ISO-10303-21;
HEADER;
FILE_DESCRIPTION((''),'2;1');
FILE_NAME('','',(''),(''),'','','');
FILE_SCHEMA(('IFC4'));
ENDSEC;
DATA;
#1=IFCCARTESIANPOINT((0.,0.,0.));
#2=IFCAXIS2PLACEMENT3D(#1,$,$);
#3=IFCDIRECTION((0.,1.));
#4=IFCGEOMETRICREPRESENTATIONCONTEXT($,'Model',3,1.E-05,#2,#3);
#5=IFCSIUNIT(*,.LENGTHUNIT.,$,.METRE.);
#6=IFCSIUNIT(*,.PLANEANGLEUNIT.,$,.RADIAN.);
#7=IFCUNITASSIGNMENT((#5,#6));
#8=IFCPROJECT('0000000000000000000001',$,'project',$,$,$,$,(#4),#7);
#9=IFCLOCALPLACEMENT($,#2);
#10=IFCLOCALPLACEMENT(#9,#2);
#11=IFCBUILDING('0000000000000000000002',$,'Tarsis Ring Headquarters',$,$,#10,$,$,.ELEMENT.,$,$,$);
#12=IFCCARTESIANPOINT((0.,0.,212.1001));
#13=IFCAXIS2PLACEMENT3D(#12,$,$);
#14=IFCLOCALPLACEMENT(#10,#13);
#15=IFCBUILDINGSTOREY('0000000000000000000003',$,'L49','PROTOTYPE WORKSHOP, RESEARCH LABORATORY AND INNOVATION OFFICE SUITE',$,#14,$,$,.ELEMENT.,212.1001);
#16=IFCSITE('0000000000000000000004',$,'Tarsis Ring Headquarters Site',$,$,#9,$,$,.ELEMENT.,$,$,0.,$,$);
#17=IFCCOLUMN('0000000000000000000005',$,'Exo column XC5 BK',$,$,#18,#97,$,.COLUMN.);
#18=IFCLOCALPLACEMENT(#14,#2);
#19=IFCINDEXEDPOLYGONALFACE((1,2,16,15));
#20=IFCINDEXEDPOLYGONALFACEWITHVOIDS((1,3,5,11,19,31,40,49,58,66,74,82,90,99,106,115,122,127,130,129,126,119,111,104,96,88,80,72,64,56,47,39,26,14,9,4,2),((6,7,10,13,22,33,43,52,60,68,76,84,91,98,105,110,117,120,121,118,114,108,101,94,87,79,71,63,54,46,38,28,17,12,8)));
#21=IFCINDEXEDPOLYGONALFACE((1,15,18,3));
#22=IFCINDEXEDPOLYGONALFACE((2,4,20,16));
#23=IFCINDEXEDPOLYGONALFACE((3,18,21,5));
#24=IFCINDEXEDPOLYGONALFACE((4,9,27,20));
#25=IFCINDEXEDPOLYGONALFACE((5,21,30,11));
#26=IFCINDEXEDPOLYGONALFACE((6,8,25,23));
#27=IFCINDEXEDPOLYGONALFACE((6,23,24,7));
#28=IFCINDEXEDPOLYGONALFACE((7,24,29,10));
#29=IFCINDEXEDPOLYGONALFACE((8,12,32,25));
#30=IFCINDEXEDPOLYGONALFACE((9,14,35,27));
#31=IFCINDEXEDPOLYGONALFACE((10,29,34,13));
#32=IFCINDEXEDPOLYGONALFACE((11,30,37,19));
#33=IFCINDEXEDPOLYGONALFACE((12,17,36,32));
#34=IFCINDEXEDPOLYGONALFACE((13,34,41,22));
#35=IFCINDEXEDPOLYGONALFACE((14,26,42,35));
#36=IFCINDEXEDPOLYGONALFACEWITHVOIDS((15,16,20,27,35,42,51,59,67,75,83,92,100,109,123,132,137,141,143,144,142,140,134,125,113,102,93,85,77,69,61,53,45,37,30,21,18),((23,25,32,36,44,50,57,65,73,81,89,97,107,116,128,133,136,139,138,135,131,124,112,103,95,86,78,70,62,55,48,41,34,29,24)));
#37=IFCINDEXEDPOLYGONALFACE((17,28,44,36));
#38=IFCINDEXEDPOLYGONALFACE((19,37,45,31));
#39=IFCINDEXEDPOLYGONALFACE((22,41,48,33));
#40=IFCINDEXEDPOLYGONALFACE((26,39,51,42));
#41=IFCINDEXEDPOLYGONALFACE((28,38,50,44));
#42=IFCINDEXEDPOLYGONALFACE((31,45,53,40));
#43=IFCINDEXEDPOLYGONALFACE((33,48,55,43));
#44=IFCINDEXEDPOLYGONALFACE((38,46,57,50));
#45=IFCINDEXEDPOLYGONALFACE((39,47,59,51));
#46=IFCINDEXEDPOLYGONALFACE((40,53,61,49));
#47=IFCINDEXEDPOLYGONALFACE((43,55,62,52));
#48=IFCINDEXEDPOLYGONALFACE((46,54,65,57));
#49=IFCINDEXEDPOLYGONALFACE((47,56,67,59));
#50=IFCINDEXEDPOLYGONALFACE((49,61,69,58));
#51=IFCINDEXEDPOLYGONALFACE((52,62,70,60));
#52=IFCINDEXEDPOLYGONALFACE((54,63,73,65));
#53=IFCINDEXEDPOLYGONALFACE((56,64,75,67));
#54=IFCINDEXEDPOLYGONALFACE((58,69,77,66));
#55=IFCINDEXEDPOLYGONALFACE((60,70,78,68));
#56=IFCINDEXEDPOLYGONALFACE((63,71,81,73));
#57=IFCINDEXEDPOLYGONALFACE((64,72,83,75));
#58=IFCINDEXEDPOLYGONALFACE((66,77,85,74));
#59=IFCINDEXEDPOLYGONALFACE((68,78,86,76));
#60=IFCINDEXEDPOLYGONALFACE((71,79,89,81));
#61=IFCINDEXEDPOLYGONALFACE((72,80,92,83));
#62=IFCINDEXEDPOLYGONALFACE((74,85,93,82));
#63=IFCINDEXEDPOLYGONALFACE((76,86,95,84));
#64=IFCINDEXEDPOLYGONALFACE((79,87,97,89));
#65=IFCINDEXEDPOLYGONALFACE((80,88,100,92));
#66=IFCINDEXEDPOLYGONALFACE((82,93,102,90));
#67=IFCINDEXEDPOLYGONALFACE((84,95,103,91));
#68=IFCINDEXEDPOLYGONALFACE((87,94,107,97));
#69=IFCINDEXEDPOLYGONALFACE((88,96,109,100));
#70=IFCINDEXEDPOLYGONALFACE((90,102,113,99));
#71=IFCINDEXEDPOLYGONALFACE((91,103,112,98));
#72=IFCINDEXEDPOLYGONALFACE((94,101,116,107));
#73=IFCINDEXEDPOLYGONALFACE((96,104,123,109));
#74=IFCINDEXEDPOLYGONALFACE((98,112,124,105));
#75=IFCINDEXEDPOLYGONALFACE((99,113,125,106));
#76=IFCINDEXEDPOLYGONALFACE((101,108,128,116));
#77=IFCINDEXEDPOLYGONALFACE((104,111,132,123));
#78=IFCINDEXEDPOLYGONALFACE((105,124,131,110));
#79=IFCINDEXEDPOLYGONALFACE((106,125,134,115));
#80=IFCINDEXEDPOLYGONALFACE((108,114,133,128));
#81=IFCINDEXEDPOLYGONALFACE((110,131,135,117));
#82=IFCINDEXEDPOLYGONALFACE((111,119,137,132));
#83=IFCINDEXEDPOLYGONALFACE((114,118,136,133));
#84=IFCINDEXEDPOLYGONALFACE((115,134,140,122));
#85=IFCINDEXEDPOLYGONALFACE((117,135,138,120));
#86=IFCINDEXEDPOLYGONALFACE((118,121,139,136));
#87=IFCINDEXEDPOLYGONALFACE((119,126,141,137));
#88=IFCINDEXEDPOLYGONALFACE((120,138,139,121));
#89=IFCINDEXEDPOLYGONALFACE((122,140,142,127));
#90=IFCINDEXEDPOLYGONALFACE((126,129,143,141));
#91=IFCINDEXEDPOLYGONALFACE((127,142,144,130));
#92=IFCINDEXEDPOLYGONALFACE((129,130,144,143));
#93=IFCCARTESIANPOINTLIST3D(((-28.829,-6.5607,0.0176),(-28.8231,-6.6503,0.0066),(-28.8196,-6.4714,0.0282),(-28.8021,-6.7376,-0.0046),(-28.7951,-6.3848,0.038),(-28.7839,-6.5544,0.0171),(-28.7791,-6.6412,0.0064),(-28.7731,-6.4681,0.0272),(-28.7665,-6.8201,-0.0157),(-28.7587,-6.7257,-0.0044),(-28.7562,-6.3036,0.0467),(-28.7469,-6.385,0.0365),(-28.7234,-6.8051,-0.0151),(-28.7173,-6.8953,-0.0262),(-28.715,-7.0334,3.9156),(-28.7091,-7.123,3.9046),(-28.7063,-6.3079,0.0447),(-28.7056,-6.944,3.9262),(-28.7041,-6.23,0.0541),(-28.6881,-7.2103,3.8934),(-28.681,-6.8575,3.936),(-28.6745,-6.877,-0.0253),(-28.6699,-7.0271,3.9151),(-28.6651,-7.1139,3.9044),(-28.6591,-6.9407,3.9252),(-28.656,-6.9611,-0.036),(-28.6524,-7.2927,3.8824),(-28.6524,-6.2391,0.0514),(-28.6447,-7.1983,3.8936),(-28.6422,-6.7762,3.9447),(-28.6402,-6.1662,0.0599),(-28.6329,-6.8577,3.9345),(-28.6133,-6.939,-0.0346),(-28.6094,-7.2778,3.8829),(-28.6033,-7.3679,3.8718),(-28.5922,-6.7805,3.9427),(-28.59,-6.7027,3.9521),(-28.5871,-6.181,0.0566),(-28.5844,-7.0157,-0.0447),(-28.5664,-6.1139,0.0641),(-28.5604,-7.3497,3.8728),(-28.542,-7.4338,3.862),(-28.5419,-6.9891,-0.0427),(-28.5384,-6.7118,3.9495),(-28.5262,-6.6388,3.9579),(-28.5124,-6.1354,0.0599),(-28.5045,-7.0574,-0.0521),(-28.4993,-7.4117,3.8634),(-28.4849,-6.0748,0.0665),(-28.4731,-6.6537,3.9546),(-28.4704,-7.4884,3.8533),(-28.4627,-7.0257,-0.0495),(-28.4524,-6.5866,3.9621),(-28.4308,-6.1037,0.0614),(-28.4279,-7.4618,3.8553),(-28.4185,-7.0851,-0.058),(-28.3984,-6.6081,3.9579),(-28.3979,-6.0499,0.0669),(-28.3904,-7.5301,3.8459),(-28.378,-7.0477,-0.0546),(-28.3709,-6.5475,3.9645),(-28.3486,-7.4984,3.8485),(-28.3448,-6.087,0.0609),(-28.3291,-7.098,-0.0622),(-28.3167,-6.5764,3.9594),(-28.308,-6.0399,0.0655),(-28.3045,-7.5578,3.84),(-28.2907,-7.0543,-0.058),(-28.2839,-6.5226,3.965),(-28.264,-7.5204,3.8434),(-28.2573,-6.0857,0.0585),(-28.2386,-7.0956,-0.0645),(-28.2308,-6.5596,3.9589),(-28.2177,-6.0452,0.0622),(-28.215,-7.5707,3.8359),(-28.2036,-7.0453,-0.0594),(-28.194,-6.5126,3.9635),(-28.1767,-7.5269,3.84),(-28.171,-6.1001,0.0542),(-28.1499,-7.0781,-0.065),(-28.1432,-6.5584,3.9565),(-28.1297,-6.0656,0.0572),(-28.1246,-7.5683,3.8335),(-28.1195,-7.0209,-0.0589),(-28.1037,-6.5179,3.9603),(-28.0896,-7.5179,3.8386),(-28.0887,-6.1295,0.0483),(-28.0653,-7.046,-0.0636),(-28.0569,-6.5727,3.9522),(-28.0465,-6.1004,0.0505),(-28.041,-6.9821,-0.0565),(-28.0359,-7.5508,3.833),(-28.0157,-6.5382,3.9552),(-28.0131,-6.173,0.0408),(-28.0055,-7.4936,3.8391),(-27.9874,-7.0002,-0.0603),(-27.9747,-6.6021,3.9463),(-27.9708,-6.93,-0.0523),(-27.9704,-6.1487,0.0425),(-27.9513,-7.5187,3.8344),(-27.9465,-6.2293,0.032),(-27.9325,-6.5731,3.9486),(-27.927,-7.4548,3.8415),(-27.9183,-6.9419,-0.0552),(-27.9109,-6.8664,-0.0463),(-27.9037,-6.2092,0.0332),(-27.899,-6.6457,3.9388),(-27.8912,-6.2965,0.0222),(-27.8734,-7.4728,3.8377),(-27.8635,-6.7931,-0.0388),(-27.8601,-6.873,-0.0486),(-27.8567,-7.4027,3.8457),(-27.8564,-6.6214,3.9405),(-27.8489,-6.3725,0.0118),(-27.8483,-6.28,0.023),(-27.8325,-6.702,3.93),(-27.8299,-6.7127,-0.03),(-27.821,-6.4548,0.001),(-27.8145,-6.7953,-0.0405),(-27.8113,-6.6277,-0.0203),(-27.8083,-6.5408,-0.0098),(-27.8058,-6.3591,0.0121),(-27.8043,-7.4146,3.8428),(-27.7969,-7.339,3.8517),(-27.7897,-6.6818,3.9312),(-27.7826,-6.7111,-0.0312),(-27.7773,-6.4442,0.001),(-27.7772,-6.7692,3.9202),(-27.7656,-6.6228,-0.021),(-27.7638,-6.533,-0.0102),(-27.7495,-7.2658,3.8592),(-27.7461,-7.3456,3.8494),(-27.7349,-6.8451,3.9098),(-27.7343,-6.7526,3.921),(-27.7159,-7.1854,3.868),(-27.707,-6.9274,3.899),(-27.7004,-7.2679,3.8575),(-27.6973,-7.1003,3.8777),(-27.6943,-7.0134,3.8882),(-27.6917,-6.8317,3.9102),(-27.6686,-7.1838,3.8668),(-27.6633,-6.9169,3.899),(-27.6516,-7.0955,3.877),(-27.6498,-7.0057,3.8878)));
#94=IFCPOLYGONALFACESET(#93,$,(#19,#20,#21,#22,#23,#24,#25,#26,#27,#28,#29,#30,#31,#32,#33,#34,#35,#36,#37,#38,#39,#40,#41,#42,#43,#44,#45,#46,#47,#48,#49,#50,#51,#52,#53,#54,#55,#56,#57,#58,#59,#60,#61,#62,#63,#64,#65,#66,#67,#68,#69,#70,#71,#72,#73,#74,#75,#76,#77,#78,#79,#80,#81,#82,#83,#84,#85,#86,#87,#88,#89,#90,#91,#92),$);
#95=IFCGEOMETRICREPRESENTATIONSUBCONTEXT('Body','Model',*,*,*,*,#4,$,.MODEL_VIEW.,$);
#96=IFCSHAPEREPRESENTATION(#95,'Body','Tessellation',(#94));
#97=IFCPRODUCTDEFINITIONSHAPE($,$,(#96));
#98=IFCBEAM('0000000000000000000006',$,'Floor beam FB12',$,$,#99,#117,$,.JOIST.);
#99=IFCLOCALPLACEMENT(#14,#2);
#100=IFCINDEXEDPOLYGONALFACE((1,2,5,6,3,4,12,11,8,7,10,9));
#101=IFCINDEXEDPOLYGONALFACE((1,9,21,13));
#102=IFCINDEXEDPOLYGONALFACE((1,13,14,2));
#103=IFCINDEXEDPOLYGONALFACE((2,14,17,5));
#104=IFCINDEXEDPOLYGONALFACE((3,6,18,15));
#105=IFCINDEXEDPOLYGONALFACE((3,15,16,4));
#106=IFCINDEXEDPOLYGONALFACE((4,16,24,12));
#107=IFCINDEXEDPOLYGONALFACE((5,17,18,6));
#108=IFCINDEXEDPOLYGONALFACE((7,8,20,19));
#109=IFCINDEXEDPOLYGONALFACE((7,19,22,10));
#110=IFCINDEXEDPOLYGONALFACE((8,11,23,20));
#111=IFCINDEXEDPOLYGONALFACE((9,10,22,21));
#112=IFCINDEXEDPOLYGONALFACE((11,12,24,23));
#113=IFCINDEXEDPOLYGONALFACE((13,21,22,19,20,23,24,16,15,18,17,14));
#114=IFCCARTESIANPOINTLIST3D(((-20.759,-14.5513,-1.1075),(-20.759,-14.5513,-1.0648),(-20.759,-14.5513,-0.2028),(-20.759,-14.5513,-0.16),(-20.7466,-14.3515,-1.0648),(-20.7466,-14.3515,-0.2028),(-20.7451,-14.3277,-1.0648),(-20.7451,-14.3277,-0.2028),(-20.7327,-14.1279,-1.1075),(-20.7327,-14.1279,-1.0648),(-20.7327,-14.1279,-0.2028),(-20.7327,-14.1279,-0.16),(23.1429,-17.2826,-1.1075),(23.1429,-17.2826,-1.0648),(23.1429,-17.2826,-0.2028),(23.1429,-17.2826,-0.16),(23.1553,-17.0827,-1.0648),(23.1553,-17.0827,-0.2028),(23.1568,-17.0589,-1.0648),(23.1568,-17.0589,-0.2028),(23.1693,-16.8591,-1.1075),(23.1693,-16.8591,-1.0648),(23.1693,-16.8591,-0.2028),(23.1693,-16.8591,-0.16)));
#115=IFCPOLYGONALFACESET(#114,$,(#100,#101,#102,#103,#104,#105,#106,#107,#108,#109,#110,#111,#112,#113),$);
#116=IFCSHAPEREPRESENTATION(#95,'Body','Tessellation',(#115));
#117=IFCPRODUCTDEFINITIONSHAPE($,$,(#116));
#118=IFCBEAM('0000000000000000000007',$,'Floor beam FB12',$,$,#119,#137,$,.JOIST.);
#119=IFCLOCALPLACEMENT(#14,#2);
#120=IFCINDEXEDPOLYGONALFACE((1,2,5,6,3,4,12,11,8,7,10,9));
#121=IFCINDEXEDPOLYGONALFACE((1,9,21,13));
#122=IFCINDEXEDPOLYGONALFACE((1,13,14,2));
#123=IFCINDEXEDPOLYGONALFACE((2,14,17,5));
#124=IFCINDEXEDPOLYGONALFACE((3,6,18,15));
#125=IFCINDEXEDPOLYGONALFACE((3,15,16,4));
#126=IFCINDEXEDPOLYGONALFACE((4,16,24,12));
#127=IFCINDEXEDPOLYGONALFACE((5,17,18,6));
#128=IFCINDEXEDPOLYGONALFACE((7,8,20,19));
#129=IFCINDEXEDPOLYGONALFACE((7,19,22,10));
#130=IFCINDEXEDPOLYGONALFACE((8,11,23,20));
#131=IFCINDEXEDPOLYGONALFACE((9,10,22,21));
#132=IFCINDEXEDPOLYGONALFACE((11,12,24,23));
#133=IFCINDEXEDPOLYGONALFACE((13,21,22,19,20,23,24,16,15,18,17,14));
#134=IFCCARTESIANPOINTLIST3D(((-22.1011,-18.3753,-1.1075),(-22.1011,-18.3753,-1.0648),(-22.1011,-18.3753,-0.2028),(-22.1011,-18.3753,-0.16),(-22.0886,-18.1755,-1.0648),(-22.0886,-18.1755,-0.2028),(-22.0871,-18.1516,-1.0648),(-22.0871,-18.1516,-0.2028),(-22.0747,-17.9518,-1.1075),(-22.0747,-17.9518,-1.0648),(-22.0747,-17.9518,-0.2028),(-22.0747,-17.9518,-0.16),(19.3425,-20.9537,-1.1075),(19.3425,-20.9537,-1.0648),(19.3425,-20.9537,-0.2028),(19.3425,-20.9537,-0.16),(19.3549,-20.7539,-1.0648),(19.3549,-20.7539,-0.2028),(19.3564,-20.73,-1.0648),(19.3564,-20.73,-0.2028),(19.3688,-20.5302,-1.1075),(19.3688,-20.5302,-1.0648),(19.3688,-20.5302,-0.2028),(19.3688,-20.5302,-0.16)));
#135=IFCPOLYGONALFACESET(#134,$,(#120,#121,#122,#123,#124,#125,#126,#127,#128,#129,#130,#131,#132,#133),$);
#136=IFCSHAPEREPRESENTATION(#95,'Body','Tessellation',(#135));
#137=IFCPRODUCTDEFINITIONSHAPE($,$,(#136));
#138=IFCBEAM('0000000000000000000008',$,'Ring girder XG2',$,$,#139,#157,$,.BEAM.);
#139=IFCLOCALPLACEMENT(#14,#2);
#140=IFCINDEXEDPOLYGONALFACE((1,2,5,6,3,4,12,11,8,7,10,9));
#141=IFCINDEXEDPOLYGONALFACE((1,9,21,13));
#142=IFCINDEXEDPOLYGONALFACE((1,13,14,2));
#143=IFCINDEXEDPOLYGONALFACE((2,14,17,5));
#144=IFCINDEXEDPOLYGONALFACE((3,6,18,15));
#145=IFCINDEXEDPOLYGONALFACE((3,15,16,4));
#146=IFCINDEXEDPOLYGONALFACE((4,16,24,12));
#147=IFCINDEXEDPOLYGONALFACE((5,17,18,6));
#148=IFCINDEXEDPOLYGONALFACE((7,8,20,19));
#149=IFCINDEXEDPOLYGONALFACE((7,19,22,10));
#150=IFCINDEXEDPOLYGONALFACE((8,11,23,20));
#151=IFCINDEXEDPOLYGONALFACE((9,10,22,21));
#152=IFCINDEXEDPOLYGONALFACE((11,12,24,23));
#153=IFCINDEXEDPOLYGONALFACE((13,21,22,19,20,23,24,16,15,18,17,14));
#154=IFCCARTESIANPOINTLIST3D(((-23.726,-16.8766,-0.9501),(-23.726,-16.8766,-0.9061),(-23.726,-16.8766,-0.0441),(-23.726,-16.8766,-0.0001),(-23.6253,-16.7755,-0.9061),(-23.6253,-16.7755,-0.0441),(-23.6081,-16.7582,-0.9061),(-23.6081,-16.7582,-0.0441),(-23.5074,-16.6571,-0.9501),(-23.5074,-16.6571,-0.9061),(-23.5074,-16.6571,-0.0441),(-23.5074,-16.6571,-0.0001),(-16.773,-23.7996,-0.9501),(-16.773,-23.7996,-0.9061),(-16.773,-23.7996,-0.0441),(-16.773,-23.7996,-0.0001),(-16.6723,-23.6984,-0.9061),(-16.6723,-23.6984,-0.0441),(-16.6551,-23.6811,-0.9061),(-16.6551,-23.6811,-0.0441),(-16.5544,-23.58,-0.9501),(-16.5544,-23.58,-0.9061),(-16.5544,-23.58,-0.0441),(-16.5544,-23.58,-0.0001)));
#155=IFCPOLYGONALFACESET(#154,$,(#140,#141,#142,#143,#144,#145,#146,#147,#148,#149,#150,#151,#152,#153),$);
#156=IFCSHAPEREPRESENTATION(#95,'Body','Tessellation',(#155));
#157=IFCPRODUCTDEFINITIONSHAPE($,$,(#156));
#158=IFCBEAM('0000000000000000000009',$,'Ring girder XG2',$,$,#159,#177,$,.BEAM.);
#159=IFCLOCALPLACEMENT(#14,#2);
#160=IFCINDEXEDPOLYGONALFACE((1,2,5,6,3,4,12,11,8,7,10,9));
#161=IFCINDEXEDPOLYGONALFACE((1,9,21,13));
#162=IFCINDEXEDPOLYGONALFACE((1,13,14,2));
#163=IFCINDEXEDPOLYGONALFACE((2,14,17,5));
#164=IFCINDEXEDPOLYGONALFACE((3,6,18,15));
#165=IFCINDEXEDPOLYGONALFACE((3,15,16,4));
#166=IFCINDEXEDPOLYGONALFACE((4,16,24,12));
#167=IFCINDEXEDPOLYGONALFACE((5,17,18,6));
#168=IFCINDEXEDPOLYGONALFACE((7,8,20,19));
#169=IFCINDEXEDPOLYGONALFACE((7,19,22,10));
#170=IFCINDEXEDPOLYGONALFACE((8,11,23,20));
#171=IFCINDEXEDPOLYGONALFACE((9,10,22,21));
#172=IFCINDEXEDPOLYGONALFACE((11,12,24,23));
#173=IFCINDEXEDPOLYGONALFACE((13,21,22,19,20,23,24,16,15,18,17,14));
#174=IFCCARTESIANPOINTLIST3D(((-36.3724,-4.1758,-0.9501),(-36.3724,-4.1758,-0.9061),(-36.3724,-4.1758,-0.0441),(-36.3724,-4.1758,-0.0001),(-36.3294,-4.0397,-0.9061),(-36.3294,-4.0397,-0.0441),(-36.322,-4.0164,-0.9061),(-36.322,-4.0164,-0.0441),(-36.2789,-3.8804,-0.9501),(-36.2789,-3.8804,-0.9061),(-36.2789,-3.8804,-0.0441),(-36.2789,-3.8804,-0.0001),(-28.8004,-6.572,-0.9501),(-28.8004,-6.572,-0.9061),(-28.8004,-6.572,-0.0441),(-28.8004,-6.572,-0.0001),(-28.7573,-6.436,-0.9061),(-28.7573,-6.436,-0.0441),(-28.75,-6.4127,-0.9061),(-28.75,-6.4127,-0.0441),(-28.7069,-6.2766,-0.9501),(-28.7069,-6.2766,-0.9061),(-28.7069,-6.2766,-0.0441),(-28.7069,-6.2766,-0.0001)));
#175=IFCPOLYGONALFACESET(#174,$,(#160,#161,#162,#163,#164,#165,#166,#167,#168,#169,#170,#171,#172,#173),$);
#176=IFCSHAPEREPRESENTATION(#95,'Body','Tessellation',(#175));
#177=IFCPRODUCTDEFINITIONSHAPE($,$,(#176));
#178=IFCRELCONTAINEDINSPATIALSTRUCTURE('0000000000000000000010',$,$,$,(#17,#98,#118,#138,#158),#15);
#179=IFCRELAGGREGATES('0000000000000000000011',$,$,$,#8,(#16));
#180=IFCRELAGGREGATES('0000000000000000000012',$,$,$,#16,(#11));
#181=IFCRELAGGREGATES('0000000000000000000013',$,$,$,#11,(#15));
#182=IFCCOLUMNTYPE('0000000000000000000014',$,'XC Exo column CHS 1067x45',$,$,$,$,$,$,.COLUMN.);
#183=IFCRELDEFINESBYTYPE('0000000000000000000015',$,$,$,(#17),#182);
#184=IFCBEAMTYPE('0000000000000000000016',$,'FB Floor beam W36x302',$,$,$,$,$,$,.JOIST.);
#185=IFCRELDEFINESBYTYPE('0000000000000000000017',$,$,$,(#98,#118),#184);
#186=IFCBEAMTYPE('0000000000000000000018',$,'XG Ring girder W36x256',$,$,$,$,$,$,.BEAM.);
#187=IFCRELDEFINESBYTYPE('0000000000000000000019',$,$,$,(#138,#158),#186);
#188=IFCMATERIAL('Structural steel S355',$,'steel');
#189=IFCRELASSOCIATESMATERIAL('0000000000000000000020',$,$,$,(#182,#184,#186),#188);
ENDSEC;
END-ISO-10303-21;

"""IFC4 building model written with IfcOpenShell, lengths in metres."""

from ifc_helpers import new_model, si_unit, direction, frame, origin, origin_2d, place, context, subcontext, project, spatial, hollow_circle, i_section, extrude, material, material_profile, profile_set, type_object, element, save


model = new_model("IFC4")

# Units and contexts
model_context = context("Model", 3, precision=1e-05, world=origin(), true_north=direction((0.0, 1.0)))
body_context = subcontext(model_context, "Body", "Model", "MODEL_VIEW")
ifc_project = project(units=[si_unit("LENGTHUNIT", "METRE"), si_unit("PLANEANGLEUNIT", "RADIAN")], contexts=[model_context])

# Site, building, storey
site_placement = place(None, origin())
site = spatial("IfcSite", under=ifc_project, at=site_placement, Name="Tarsis Ring Headquarters Site", CompositionType="ELEMENT", RefElevation=0.0)
building_placement = place(site_placement, origin())
building = spatial("IfcBuilding", under=site, at=building_placement, Name="Tarsis Ring Headquarters", CompositionType="ELEMENT")
storey_placement = place(building_placement, frame((0.0, 0.0, 212.1001)))
storey = spatial("IfcBuildingStorey", under=building, at=storey_placement, Name="L49", Description="PROTOTYPE WORKSHOP, RESEARCH LABORATORY AND INNOVATION OFFICE SUITE", CompositionType="ELEMENT", Elevation=212.1001)

# Column
ifc_material_1 = material(Name="Structural steel S355", Category="steel")
ifc_material_profile_1 = material_profile(ifc_material_1, hollow_circle(Radius=0.5334, WallThickness=0.0449, at=origin_2d()), Name="CHS 1067x45")
ifc_profile_set_1 = profile_set([ifc_material_profile_1], Name="Structural steel S355")
column_type = type_object("IfcColumnType", Name="XC Exo column CHS 1067x45", PredefinedType="COLUMN", material=ifc_profile_set_1)
column_1_placement = place(storey_placement, frame((-28.2959, -6.5693, 0.001), z_axis=(0.029025, -0.120325, 0.99231), x_axis=(0.972118, 0.234493, 0.0)))
element("IfcColumn", 1, at=column_1_placement, inside=storey, type_object=column_type, Name="Exo column XC5 BK", PredefinedType="COLUMN", context=body_context, shape_type="SweptSolid", body=[
    extrude(hollow_circle(Radius=0.5334, WallThickness=0.0449, at=origin_2d()), origin(), (0.0, 0.0, 1.0), 3.9282),
])

# Beams
ifc_material_profile_2 = material_profile(ifc_material_1, i_section(OverallWidth=0.4243, OverallDepth=0.9475, WebThickness=0.0239, FlangeThickness=0.0427, at=origin_2d()), Name="W36x302")
ifc_profile_set_2 = profile_set([ifc_material_profile_2], Name="Structural steel S355")
beam_type_1 = type_object("IfcBeamType", Name="FB Floor beam W36x302", PredefinedType="JOIST", material=ifc_profile_set_2)
beam_1_placement = place(storey_placement, frame((-20.7458, -14.3396, -0.6338), z_axis=(0.99807, -0.062091, 0.0), x_axis=(0.062091, 0.99807, 0.0)))
element("IfcBeam", 2, at=beam_1_placement, inside=storey, type_object=beam_type_1, Name="Floor beam FB12", PredefinedType="JOIST", context=body_context, shape_type="SweptSolid", body=[
    extrude(i_section(OverallWidth=0.4243, OverallDepth=0.9475, WebThickness=0.0239, FlangeThickness=0.0427, at=origin_2d()), origin(), (0.0, 0.0, 1.0), 43.9868),
])
beam_2_placement = place(storey_placement, frame((-22.0879, -18.1636, -0.6338), z_axis=(0.99807, -0.062094, 0.0), x_axis=(0.062094, 0.99807, 0.0)))
element("IfcBeam", 3, at=beam_2_placement, inside=storey, type_object=beam_type_1, Name="Floor beam FB12", PredefinedType="JOIST", context=body_context, shape_type="SweptSolid", body=[
    extrude(i_section(OverallWidth=0.4243, OverallDepth=0.9475, WebThickness=0.0239, FlangeThickness=0.0427, at=origin_2d()), origin(), (0.0, 0.0, 1.0), 41.5237),
])
ifc_material_profile_3 = material_profile(ifc_material_1, i_section(OverallWidth=0.3098, OverallDepth=0.95, WebThickness=0.0244, FlangeThickness=0.0439, at=origin_2d()), Name="W36x256")
ifc_profile_set_3 = profile_set([ifc_material_profile_3], Name="Structural steel S355")
beam_type_2 = type_object("IfcBeamType", Name="XG Ring girder W36x256", PredefinedType="BEAM", material=ifc_profile_set_3)
beam_3_placement = place(storey_placement, frame((-23.6167, -16.7668, -0.4751), z_axis=(0.708635, -0.705575, 0.0), x_axis=(0.705575, 0.708635, 0.0)))
element("IfcBeam", 4, at=beam_3_placement, inside=storey, type_object=beam_type_2, Name="Ring girder XG2", PredefinedType="BEAM", context=body_context, shape_type="SweptSolid", body=[
    extrude(i_section(OverallWidth=0.3098, OverallDepth=0.95, WebThickness=0.0244, FlangeThickness=0.0439, at=origin_2d()), origin(), (0.0, 0.0, 1.0), 9.8118),
])
beam_4_placement = place(storey_placement, frame((-36.3257, -4.0281, -0.4751), z_axis=(0.953399, -0.301712, 0.0), x_axis=(0.301712, 0.953399, 0.0)))
element("IfcBeam", 5, at=beam_4_placement, inside=storey, type_object=beam_type_2, Name="Ring girder XG2", PredefinedType="BEAM", context=body_context, shape_type="SweptSolid", body=[
    extrude(i_section(OverallWidth=0.3098, OverallDepth=0.95, WebThickness=0.0244, FlangeThickness=0.0439, at=origin_2d()), origin(), (0.0, 0.0, 1.0), 7.9421),
])

save(model, "model.ifc")
